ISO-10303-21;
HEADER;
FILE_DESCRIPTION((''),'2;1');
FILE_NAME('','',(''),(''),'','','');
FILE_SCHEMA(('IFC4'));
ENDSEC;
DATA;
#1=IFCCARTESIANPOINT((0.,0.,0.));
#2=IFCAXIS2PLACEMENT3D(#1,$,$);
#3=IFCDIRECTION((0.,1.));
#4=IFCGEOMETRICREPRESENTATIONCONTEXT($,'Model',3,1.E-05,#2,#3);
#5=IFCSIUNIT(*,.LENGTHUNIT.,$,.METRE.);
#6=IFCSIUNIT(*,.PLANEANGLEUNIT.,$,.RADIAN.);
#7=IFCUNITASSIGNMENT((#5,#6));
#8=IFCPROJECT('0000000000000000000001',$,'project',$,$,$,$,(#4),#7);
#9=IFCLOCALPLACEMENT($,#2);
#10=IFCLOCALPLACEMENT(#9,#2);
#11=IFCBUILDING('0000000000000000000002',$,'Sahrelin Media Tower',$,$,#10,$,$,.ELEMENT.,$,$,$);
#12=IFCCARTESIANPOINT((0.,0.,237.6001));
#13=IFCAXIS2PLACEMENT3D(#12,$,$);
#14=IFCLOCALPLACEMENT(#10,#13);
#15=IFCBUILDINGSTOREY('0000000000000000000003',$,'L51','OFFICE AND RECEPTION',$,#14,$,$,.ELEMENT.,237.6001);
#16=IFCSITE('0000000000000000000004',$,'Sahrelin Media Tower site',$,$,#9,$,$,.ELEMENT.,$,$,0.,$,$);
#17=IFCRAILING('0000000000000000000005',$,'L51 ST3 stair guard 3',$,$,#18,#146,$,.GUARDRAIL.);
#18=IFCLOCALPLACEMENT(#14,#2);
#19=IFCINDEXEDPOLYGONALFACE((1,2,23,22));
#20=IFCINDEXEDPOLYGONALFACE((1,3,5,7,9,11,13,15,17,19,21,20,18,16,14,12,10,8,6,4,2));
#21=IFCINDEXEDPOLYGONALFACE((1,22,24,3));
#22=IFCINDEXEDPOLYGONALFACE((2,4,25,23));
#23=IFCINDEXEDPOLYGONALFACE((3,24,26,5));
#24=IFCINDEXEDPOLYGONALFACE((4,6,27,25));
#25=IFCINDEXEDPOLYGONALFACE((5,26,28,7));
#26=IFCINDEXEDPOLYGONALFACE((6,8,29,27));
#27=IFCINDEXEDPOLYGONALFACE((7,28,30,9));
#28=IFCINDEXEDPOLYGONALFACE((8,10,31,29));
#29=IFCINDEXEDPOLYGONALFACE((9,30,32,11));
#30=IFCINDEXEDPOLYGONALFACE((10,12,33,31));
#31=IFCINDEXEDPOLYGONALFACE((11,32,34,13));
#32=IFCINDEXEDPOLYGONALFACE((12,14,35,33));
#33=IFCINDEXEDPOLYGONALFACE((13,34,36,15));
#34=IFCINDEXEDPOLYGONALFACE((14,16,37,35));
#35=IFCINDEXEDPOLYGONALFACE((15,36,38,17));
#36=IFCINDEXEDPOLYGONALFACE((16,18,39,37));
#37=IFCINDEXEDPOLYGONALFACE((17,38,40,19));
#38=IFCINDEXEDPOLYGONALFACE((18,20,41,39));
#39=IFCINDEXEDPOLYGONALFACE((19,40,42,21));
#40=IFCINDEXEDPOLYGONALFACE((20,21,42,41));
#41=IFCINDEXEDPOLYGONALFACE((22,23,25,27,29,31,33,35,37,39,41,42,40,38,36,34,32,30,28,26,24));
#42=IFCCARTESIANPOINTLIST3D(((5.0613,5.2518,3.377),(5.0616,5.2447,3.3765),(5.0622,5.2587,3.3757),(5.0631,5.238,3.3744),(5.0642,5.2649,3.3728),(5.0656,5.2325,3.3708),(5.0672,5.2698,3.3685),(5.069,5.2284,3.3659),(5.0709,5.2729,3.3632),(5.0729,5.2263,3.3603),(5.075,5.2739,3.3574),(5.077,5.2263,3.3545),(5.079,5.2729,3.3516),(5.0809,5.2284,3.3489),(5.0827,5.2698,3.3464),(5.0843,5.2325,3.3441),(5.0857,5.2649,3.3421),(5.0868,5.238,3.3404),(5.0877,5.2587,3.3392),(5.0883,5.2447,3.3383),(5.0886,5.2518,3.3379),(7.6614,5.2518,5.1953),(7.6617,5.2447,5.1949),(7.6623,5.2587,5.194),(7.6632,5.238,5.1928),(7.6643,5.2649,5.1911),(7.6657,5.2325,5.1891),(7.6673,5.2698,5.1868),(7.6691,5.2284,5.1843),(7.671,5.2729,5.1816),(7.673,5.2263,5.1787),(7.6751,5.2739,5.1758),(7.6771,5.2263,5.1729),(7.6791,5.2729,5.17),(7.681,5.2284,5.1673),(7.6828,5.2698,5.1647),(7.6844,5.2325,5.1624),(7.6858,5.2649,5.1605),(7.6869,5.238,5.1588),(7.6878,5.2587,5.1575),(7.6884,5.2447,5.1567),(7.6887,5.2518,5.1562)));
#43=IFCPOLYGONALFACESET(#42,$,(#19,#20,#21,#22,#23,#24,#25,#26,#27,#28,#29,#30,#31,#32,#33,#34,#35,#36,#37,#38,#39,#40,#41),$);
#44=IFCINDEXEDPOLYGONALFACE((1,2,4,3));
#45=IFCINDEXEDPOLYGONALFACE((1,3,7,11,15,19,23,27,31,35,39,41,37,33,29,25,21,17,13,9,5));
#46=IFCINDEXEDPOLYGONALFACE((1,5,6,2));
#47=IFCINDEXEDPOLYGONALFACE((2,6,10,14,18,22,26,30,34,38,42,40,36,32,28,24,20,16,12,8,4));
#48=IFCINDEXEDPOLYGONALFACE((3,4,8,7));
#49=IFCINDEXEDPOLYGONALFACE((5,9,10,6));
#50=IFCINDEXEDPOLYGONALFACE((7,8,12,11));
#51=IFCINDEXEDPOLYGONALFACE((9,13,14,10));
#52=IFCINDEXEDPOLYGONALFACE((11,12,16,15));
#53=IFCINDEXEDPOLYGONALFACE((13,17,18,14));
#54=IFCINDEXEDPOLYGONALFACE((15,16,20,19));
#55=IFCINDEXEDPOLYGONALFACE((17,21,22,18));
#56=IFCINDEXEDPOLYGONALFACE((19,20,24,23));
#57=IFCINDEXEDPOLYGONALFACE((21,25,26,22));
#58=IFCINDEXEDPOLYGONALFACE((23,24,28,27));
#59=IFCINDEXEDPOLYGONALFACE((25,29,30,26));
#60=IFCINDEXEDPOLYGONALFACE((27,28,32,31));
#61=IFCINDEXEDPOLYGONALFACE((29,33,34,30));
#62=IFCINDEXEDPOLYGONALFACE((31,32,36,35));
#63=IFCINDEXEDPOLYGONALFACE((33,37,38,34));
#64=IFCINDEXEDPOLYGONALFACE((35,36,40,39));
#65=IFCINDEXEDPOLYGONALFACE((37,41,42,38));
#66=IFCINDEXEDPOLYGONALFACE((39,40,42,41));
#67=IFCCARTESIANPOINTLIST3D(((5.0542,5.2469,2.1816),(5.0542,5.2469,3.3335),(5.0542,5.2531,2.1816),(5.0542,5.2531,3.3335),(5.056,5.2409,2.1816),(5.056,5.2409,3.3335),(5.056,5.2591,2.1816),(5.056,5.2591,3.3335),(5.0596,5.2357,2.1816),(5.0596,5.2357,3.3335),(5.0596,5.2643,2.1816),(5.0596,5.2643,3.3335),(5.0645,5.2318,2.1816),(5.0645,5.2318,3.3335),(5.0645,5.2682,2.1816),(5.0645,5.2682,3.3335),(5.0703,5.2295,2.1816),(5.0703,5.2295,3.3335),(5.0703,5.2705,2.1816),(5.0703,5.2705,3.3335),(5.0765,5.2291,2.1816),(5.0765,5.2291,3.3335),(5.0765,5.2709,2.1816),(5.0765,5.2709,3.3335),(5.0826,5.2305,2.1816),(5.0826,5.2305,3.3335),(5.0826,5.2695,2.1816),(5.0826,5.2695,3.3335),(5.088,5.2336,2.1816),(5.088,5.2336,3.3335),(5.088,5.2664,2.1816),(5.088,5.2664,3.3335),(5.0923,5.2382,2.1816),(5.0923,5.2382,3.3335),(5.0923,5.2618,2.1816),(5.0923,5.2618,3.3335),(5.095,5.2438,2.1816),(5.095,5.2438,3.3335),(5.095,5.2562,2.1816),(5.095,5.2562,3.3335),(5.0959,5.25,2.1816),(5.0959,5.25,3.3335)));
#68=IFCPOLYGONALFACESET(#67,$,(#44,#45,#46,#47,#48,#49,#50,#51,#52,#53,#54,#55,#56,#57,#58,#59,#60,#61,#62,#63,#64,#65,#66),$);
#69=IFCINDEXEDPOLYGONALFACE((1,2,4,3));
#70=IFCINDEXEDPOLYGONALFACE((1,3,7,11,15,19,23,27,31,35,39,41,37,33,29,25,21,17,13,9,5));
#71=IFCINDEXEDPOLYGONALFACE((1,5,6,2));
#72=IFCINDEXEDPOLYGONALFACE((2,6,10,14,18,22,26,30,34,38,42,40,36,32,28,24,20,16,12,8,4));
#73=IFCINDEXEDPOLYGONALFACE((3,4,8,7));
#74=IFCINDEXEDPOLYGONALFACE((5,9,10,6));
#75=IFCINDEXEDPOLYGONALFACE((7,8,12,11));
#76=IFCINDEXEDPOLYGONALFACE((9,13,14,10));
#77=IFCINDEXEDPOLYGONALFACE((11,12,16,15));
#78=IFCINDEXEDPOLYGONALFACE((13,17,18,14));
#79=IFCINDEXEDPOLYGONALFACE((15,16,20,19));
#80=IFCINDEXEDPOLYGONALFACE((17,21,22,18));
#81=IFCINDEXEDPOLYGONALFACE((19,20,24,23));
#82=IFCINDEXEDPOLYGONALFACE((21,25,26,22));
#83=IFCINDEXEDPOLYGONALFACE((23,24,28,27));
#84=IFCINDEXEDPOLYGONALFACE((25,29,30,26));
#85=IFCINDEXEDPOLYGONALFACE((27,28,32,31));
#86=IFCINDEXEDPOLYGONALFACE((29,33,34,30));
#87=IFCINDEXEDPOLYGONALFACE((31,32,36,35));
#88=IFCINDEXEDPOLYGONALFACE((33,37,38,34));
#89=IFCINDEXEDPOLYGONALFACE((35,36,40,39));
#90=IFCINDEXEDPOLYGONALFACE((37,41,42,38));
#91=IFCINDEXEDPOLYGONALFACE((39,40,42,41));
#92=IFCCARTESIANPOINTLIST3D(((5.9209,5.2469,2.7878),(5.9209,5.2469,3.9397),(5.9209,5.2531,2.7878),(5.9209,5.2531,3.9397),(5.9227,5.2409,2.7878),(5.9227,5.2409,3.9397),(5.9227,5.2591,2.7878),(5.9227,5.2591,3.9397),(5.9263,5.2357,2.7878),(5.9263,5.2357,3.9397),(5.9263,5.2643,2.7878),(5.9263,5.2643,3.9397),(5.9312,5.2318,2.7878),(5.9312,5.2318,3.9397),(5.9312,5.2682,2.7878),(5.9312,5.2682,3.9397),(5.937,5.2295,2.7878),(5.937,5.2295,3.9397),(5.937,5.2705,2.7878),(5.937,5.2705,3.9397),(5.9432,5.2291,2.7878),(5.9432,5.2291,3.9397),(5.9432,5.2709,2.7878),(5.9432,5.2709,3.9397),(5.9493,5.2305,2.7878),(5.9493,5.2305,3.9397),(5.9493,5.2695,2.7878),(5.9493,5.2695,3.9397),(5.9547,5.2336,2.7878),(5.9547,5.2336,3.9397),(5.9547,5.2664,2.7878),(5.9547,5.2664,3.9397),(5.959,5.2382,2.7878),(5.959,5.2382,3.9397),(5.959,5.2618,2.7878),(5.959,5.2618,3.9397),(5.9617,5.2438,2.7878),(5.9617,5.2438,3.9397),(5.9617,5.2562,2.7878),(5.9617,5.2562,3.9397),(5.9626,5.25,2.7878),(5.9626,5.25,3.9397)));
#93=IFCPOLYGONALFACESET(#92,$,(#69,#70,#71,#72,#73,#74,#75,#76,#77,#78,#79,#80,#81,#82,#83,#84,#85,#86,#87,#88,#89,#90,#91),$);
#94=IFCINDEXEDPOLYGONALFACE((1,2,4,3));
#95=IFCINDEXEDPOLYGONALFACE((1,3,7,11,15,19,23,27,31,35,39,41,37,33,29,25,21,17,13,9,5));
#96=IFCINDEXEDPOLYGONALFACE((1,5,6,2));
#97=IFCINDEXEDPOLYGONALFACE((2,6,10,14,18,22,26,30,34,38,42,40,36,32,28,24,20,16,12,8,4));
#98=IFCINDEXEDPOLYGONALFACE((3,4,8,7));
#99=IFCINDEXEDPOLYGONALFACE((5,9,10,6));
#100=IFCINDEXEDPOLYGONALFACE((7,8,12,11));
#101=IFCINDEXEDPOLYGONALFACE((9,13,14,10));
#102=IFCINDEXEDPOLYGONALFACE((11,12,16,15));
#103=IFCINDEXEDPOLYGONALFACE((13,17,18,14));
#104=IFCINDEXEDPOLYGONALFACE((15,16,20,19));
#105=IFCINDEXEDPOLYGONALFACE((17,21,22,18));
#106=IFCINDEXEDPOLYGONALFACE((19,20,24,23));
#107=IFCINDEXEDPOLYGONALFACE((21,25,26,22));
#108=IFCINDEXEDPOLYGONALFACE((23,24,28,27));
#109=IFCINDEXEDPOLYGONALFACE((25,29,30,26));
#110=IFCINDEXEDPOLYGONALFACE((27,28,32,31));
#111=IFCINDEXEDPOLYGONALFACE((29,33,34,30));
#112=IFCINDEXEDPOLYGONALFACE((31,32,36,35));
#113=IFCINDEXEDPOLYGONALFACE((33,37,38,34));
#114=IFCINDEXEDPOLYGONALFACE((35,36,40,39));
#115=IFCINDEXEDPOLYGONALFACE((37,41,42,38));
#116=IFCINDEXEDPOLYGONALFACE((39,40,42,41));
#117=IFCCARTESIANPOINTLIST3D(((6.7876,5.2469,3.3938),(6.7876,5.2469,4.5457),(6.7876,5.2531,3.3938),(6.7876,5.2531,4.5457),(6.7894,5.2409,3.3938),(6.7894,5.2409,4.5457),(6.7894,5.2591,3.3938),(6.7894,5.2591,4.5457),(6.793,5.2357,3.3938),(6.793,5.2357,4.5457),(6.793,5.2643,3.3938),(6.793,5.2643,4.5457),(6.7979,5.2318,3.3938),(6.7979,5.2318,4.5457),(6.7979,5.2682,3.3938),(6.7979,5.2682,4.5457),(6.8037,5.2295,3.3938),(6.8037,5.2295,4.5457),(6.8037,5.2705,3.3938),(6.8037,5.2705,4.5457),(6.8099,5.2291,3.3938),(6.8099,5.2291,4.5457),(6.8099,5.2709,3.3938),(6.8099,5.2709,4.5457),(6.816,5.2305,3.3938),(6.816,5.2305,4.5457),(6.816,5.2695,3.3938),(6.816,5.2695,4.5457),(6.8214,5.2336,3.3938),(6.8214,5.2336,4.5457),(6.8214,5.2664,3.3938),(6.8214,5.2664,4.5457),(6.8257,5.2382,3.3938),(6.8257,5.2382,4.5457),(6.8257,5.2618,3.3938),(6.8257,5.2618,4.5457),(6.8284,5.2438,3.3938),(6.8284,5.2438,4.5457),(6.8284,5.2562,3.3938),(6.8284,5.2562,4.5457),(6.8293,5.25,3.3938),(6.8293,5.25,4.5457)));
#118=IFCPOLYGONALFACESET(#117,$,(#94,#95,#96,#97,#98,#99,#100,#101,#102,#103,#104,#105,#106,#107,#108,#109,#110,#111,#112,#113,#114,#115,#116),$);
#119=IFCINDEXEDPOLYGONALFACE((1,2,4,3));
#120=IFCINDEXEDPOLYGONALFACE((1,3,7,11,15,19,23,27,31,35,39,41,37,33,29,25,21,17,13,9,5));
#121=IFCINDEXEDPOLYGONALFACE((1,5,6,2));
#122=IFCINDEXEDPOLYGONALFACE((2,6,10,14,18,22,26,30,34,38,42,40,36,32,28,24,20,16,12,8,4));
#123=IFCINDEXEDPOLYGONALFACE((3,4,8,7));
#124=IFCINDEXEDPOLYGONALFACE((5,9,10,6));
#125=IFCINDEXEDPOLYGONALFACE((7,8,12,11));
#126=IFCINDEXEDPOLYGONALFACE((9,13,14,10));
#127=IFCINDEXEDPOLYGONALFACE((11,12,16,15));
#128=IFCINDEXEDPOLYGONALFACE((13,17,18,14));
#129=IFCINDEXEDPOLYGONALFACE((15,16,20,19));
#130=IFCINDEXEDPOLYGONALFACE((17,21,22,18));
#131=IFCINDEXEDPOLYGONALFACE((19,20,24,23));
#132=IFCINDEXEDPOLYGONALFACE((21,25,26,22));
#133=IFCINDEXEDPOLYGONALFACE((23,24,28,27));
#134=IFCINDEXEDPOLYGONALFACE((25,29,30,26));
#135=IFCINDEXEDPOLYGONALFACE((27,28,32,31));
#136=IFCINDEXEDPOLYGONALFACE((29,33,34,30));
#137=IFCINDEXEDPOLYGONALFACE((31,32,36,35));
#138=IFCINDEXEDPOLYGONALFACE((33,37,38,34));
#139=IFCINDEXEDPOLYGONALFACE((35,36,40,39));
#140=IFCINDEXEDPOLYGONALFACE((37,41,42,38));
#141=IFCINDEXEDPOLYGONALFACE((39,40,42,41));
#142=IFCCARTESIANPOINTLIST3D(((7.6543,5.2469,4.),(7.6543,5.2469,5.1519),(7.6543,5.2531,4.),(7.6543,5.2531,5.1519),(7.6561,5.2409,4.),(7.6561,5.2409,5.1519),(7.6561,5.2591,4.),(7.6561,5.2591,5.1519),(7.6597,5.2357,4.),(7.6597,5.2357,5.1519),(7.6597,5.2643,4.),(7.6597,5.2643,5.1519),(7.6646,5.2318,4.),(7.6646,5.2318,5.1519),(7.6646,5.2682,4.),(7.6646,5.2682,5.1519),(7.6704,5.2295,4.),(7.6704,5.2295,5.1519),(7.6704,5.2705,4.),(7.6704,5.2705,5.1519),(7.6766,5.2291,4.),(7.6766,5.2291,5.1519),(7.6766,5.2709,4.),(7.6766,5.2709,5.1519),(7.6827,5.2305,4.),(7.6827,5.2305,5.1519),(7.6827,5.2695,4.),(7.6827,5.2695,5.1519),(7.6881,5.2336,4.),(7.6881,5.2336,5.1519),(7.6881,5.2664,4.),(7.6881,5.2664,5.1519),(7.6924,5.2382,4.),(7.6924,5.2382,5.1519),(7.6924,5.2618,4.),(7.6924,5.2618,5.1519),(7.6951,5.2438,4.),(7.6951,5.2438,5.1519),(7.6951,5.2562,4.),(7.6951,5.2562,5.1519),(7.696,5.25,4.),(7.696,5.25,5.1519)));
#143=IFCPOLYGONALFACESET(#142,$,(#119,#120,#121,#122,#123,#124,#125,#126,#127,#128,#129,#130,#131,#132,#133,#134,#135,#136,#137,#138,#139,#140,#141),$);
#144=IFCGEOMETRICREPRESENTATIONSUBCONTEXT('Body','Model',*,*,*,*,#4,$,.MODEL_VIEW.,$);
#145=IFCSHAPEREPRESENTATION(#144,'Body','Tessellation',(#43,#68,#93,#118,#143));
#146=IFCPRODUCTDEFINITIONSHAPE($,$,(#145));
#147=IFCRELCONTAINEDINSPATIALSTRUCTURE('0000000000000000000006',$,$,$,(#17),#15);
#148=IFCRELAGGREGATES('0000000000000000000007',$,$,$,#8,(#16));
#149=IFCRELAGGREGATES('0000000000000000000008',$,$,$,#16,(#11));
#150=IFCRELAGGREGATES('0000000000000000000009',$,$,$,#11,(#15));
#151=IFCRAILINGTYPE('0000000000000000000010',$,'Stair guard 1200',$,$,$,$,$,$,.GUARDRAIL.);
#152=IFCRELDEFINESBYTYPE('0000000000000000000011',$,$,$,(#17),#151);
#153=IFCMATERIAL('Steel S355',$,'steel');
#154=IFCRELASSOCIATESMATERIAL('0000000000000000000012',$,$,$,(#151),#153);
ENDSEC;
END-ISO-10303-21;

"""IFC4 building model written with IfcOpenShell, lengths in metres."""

from ifc_helpers import new_model, si_unit, direction, frame, origin, origin_2d, place, context, subcontext, project, spatial, circle, extrude, material, type_object, element, save


model = new_model("IFC4")

# Units and contexts
model_context = context("Model", 3, precision=1e-05, world=origin(), true_north=direction((0.0, 1.0)))
body_context = subcontext(model_context, "Body", "Model", "MODEL_VIEW")
ifc_project = project(units=[si_unit("LENGTHUNIT", "METRE"), si_unit("PLANEANGLEUNIT", "RADIAN")], contexts=[model_context])

# Site, building, storey
site_placement = place(None, origin())
site = spatial("IfcSite", under=ifc_project, at=site_placement, Name="Sahrelin Media Tower site", CompositionType="ELEMENT", RefElevation=0.0)
building_placement = place(site_placement, origin())
building = spatial("IfcBuilding", under=site, at=building_placement, Name="Sahrelin Media Tower", CompositionType="ELEMENT")
storey_placement = place(building_placement, frame((0.0, 0.0, 237.6001)))
storey = spatial("IfcBuildingStorey", under=building, at=storey_placement, Name="L51", Description="OFFICE AND RECEPTION", CompositionType="ELEMENT", Elevation=237.6001)

# Shared definitions
ifc_material_1 = material(Name="Steel S355", Category="steel")

# Railing
railing_type_1 = type_object("IfcRailingType", Name="Stair guard 1200", PredefinedType="GUARDRAIL", material=ifc_material_1)
railing_1_placement = place(storey_placement, frame((5.075, 5.25, 2.1816)))
element("IfcRailing", 1, at=railing_1_placement, inside=storey, type_object=railing_type_1, Name="L51 ST3 stair guard 3", PredefinedType="GUARDRAIL", context=body_context, shape_type="SweptSolid", body=[
    extrude(circle(Radius=0.0239, at=origin_2d()), frame((0.0, 0.0, 1.1758), z_axis=(0.819485, 0.0, 0.573101), x_axis=(0.0, 1.0, 0.0)), (0.0, 0.0, 1.0), 3.1729),
    extrude(circle(Radius=0.021, at=origin_2d()), origin(), (0.0, 0.0, 1.0), 1.1519),
    extrude(circle(Radius=0.021, at=origin_2d()), frame((0.8667, 0.0, 0.6062)), (0.0, 0.0, 1.0), 1.1519),
    extrude(circle(Radius=0.021, at=origin_2d()), frame((1.7334, 0.0, 1.2122)), (0.0, 0.0, 1.0), 1.1519),
    extrude(circle(Radius=0.021, at=origin_2d()), frame((2.6001, 0.0, 1.8184)), (0.0, 0.0, 1.0), 1.1519),
])

save(model, "model.ifc")
